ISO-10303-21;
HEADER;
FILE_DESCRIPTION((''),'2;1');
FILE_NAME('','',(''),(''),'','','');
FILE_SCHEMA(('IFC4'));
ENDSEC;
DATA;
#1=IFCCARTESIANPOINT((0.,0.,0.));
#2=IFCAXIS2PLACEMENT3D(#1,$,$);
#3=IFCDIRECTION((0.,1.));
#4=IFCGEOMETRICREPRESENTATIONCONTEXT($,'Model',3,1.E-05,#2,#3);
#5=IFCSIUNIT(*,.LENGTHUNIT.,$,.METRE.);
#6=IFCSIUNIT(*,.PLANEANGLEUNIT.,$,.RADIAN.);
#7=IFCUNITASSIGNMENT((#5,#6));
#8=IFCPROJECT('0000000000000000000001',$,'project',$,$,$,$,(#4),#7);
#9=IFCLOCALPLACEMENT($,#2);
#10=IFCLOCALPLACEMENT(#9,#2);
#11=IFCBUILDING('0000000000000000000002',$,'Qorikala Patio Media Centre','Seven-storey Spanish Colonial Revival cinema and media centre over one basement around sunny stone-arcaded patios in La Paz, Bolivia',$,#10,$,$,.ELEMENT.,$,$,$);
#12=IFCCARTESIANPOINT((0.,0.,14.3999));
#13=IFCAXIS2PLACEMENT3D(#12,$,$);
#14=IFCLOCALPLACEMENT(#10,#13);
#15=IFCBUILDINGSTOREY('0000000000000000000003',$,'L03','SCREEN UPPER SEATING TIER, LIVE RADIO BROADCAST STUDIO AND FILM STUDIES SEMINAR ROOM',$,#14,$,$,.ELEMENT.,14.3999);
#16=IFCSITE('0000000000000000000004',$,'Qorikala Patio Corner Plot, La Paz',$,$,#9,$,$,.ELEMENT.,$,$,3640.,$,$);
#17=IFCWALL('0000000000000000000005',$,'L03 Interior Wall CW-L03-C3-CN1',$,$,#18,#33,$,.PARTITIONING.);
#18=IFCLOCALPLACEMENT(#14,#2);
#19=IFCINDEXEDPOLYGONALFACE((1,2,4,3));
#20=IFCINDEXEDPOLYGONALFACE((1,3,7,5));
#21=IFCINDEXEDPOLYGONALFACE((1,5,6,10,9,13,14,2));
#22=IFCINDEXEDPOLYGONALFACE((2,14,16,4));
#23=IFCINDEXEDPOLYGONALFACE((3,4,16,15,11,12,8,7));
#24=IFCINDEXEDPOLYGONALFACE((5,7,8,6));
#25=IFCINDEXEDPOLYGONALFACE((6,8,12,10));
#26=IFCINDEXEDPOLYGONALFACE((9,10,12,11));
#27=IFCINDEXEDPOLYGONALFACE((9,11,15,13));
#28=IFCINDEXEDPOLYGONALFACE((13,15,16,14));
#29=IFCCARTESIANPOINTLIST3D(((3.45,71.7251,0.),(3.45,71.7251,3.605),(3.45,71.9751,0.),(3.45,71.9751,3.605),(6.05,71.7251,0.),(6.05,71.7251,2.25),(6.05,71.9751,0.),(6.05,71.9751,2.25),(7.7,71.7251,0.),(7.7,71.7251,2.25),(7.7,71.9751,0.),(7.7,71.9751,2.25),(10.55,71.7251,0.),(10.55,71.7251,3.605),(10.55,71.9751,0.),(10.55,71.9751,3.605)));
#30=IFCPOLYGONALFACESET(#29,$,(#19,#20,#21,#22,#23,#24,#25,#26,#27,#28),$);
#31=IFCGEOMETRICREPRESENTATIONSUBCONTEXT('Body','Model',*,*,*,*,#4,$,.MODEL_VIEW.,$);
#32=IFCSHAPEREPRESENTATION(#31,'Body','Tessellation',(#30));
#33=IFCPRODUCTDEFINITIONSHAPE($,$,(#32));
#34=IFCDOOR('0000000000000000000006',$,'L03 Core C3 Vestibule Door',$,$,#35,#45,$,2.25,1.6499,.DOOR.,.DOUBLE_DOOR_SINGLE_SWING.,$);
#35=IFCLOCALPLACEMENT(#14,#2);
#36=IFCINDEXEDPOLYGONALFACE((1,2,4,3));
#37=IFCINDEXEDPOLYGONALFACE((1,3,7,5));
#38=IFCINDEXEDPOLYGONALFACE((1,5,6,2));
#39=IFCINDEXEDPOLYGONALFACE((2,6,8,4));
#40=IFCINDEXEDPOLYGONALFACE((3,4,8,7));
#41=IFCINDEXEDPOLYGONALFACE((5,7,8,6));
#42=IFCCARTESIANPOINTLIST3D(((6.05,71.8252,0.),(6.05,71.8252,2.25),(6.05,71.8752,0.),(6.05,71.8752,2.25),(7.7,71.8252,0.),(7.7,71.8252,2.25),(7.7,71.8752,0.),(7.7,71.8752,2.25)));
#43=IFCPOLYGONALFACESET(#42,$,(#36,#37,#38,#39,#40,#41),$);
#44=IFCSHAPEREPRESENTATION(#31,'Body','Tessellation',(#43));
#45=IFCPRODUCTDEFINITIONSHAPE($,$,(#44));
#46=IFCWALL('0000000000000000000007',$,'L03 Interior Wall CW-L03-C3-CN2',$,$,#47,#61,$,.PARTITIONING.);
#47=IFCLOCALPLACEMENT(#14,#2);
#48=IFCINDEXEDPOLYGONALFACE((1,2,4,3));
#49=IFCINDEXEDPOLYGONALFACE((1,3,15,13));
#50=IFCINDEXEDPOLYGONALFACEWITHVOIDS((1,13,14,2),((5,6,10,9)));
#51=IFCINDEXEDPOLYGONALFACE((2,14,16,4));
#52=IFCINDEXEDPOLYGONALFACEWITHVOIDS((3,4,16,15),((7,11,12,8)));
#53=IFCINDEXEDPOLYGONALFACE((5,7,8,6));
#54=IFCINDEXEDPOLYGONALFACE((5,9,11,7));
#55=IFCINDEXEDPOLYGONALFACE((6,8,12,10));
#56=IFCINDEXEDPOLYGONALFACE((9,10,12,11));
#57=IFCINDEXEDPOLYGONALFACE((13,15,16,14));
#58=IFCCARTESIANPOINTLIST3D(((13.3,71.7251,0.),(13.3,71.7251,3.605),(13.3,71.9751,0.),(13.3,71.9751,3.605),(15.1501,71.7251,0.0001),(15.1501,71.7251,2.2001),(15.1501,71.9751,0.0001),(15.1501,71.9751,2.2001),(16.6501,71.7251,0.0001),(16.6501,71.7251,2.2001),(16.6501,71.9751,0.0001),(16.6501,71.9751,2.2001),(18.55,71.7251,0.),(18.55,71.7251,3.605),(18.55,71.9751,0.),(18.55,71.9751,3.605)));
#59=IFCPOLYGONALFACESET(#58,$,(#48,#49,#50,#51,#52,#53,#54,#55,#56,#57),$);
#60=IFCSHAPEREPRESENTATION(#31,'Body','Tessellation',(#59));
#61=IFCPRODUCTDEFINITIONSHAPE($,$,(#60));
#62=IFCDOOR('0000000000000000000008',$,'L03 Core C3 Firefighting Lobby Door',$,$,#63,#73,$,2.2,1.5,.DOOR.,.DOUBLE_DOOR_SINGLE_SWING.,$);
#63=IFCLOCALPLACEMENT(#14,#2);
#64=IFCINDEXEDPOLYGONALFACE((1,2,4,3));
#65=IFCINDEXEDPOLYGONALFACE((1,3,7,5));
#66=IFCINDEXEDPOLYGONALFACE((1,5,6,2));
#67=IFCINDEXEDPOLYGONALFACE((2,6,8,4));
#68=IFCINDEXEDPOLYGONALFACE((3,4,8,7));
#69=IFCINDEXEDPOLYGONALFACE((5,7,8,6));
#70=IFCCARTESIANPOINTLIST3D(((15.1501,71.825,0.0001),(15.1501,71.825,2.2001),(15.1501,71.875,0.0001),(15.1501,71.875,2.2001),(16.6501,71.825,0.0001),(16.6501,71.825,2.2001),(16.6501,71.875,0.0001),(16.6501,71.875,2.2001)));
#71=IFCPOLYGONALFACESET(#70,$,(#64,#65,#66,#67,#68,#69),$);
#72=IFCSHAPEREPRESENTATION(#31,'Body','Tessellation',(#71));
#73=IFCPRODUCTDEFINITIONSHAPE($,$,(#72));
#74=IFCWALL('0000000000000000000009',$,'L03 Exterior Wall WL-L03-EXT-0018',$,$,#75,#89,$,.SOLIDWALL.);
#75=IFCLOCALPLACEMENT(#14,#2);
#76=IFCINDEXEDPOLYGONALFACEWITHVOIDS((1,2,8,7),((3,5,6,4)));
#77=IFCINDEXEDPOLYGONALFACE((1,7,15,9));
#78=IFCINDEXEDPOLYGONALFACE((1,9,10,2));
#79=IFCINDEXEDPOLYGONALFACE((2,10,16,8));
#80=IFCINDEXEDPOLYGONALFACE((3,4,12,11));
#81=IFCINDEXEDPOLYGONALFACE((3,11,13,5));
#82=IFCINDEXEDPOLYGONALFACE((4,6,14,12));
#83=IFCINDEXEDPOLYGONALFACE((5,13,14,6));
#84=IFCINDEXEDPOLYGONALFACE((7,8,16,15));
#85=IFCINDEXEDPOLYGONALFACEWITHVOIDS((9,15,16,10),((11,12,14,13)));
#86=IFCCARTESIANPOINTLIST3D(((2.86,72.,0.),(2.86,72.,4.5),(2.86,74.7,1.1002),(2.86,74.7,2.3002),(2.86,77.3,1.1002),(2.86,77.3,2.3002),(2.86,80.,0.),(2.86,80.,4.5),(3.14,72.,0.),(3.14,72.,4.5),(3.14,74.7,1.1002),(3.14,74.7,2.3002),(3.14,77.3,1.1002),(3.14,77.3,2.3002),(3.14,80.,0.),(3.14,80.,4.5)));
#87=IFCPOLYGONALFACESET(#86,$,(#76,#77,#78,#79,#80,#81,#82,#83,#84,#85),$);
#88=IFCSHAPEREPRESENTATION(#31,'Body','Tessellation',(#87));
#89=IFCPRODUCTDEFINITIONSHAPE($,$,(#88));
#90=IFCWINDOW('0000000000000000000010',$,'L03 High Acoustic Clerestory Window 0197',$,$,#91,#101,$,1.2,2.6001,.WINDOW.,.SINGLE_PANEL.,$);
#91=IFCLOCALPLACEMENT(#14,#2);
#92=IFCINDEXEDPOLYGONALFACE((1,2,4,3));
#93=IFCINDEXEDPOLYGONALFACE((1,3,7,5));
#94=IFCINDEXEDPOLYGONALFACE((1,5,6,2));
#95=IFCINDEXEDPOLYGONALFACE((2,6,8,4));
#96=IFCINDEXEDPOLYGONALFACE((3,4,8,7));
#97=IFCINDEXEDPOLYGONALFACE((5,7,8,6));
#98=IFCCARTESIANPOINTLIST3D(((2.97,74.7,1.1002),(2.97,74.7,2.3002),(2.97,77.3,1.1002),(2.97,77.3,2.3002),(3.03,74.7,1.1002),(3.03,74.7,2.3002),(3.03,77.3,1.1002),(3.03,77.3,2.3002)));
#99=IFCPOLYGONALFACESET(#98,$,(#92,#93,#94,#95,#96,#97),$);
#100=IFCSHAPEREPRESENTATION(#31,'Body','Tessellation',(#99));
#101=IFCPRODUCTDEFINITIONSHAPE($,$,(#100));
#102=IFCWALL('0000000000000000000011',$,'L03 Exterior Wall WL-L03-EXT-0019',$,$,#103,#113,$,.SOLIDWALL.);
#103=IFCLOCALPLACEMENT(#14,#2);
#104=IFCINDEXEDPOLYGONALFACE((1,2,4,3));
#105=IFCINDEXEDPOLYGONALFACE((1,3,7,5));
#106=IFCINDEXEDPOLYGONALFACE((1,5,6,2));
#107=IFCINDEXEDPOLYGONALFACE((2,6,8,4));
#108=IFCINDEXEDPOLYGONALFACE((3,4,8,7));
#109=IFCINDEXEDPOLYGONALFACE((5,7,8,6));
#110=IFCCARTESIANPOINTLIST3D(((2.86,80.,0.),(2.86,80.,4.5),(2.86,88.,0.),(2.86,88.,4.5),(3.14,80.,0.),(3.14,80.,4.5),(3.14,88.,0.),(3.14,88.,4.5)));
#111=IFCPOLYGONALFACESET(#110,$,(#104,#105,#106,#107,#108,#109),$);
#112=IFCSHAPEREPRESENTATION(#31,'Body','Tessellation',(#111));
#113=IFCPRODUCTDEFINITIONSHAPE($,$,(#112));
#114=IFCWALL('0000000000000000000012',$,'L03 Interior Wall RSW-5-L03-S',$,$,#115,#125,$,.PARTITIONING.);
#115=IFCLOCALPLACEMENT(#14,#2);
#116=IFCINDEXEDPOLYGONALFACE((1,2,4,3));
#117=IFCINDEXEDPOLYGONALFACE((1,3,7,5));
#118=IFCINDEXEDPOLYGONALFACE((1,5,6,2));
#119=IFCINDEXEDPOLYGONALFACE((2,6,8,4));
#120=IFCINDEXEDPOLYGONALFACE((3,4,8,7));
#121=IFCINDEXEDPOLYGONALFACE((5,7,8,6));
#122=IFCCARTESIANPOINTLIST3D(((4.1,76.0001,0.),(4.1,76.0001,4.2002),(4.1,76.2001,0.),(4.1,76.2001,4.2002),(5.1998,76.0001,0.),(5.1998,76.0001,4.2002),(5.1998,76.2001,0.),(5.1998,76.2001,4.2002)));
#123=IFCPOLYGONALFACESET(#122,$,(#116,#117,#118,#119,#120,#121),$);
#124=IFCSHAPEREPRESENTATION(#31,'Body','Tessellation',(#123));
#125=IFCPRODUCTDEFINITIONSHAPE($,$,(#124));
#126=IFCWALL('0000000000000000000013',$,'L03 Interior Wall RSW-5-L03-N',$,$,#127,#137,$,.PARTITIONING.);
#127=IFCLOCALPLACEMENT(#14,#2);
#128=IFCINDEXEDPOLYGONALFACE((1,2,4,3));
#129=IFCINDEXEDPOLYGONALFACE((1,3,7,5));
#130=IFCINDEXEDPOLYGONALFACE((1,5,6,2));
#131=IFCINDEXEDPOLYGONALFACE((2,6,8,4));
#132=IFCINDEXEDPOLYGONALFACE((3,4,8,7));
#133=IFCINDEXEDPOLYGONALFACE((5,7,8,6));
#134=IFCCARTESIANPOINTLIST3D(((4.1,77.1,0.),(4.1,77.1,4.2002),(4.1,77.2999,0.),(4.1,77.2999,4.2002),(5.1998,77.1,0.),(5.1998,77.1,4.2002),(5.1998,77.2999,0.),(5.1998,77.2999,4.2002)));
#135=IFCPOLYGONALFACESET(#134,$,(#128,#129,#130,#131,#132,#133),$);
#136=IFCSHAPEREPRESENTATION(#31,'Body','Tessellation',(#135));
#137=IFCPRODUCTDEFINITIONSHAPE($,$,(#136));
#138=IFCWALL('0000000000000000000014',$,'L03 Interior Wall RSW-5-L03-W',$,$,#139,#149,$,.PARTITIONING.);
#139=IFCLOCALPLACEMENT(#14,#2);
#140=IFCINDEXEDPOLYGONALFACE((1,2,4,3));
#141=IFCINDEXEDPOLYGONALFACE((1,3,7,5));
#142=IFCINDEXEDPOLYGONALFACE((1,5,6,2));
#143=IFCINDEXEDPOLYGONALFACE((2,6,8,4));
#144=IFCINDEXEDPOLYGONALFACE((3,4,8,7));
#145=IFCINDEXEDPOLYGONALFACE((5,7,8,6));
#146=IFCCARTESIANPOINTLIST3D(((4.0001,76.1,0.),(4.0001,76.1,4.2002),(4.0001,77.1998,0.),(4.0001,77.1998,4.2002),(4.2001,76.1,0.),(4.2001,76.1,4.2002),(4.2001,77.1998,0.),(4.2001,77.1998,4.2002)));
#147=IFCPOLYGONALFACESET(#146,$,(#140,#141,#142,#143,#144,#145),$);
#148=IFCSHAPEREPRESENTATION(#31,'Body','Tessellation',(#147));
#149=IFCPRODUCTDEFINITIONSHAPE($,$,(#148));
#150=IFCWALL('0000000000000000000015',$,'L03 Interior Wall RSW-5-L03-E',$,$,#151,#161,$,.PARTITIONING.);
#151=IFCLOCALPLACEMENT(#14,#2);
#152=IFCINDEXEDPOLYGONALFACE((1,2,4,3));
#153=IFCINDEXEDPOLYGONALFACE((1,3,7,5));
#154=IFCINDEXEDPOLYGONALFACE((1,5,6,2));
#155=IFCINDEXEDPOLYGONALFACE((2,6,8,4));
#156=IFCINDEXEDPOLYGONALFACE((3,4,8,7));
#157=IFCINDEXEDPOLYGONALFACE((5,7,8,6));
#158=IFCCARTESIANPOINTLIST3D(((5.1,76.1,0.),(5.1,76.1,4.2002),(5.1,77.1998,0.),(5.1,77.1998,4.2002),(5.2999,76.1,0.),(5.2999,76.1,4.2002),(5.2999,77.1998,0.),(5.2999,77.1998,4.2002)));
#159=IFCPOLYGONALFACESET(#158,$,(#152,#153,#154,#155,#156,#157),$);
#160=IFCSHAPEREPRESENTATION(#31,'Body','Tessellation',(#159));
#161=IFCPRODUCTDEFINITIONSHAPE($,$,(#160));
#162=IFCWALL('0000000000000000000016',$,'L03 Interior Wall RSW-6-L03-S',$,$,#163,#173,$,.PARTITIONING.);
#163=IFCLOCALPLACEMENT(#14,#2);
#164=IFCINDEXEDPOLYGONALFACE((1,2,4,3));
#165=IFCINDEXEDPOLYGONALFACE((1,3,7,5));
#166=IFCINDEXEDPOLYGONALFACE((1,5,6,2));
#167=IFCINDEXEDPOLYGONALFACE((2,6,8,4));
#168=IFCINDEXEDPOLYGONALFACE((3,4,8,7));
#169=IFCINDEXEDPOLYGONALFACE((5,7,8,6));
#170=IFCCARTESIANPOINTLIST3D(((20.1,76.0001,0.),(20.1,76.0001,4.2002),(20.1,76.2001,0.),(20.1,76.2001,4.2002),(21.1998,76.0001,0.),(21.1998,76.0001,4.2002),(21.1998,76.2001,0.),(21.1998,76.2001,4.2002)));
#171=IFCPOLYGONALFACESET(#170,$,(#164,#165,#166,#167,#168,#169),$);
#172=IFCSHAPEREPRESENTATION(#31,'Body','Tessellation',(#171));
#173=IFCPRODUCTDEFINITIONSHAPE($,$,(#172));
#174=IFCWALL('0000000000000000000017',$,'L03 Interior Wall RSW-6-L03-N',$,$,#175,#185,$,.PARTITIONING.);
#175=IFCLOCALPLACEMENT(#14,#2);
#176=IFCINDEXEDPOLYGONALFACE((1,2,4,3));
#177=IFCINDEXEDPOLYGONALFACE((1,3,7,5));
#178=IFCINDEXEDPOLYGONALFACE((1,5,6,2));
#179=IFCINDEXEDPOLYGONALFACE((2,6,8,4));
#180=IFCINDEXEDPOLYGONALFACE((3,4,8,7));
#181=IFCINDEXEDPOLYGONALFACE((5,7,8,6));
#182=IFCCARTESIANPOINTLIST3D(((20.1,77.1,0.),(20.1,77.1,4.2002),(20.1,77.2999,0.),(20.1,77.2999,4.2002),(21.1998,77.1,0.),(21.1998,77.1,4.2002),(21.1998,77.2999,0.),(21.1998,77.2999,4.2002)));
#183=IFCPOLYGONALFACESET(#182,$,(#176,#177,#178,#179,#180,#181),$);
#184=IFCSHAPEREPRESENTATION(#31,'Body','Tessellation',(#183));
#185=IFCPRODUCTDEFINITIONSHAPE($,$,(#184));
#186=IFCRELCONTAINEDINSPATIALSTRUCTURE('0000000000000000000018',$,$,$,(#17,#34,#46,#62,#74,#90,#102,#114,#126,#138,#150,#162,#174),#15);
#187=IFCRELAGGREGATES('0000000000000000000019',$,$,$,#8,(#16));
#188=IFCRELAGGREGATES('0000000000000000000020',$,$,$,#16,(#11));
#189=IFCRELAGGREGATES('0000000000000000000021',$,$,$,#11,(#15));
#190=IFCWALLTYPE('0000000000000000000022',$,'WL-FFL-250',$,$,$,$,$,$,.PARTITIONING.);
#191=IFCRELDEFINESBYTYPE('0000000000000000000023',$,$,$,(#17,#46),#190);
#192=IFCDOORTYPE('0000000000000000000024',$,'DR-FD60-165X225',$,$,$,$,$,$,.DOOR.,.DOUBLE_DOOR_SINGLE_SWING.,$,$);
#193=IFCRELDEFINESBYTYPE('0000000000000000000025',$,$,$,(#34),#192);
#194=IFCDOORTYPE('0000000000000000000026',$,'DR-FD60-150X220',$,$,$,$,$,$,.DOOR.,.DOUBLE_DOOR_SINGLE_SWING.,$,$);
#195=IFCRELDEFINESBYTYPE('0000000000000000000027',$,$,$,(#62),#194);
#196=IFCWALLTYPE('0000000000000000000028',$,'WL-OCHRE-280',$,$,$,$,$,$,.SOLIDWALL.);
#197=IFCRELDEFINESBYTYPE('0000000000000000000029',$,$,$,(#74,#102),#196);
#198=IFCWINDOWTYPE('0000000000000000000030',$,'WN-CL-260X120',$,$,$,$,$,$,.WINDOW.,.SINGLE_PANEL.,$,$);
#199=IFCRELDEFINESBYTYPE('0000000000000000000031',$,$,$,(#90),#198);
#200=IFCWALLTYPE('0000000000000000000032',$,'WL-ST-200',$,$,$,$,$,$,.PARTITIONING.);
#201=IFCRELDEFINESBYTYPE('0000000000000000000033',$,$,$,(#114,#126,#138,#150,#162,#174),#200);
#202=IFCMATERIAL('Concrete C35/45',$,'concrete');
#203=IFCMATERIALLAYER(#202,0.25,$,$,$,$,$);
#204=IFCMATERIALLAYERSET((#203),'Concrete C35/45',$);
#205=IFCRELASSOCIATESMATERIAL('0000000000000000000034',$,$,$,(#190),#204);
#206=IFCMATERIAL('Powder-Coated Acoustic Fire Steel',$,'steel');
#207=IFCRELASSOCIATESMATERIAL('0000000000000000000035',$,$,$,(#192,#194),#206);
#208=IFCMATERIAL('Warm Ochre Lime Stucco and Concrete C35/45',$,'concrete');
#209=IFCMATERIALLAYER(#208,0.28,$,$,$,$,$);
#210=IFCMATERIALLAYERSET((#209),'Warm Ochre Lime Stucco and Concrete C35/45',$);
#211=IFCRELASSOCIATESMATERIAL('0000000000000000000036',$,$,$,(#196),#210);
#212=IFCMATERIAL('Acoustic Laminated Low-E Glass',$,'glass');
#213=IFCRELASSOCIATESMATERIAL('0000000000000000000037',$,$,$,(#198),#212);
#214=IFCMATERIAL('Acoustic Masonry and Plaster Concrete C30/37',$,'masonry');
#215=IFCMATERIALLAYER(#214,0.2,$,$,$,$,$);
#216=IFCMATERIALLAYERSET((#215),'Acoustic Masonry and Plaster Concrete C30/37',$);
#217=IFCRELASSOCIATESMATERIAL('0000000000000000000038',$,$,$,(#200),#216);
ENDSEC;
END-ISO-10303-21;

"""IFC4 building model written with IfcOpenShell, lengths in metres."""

from ifc_helpers import new_model, si_unit, direction, frame, frame_2d, origin, place, context, subcontext, project, spatial, rectangle, extrude, material, layer, layer_set, type_object, element, fill, save


model = new_model("IFC4")

# Units and contexts
model_context = context("Model", 3, precision=1e-05, world=origin(), true_north=direction((0.0, 1.0)))
body_context = subcontext(model_context, "Body", "Model", "MODEL_VIEW")
ifc_project = project(units=[si_unit("LENGTHUNIT", "METRE"), si_unit("PLANEANGLEUNIT", "RADIAN")], contexts=[model_context])

# Site, building, storey
site_placement = place(None, origin())
site = spatial("IfcSite", under=ifc_project, at=site_placement, Name="Qorikala Patio Corner Plot, La Paz", CompositionType="ELEMENT", RefElevation=3640.0)
building_placement = place(site_placement, origin())
building = spatial("IfcBuilding", under=site, at=building_placement, Name="Qorikala Patio Media Centre", Description="Seven-storey Spanish Colonial Revival cinema and media centre over one basement around sunny stone-arcaded patios in La Paz, Bolivia", CompositionType="ELEMENT")
storey_placement = place(building_placement, frame((0.0, 0.0, 14.3999)))
storey = spatial("IfcBuildingStorey", under=building, at=storey_placement, Name="L03", Description="SCREEN UPPER SEATING TIER, LIVE RADIO BROADCAST STUDIO AND FILM STUDIES SEMINAR ROOM", CompositionType="ELEMENT", Elevation=14.3999)

# Shared definitions
ifc_material_1 = material(Name="Concrete C35/45", Category="concrete")

# Walls, openings, doors
ifc_layer_1 = layer(ifc_material_1, 0.25)
ifc_layer_set_1 = layer_set([ifc_layer_1], Name="Concrete C35/45")
wall_type_1 = type_object("IfcWallType", Name="WL-FFL-250", PredefinedType="PARTITIONING", material=ifc_layer_set_1)
wall_1_placement = place(storey_placement, frame((3.45, 71.8501, 0.0), z_axis=(0.0, 0.0, 1.0), x_axis=(1.0, 0.0, 0.0)))
wall_1 = element("IfcWall", 1, at=wall_1_placement, inside=storey, type_object=wall_type_1, Name="L03 Interior Wall CW-L03-C3-CN1", PredefinedType="PARTITIONING", context=body_context, shape_type="SweptSolid", body=[
    extrude(rectangle(XDim=7.1001, YDim=0.25, at=frame_2d((3.55, 0.0))), origin(), (0.0, 0.0, 1.0), 3.605),
])
opening_1_placement = place(wall_1_placement, frame((2.6001, 0.0, 0.0)))
opening_1 = element("IfcOpeningElement", 2, at=opening_1_placement, cuts=wall_1, PredefinedType="OPENING", context=body_context, shape_type="SweptSolid", body=[
    extrude(rectangle(XDim=1.6499, YDim=2.25, at=frame_2d((0.825, 1.125))), frame((0.0, 0.135, 0.0), z_axis=(0.0, -1.0, 0.0), x_axis=(1.0, 0.0, 0.0)), (0.0, 0.0, 1.0), 0.27),
])
ifc_material_2 = material(Name="Powder-Coated Acoustic Fire Steel", Category="steel")
door_type_1 = type_object("IfcDoorType", Name="DR-FD60-165X225", OperationType="DOUBLE_DOOR_SINGLE_SWING", PredefinedType="DOOR", material=ifc_material_2)
door_1_placement = place(opening_1_placement, frame((1.6499, 0.0, 0.0), z_axis=(0.0, 0.0, 1.0), x_axis=(-1.0, 0.0, 0.0)))
door_1 = element("IfcDoor", 3, at=door_1_placement, inside=storey, type_object=door_type_1, Name="L03 Core C3 Vestibule Door", OperationType="DOUBLE_DOOR_SINGLE_SWING", OverallHeight=2.25, OverallWidth=1.6499, PredefinedType="DOOR", context=body_context, shape_type="SweptSolid", body=[
    extrude(rectangle(XDim=1.6499, YDim=2.25, at=frame_2d((0.825, 1.125))), frame((0.0, 0.0249, 0.0), z_axis=(0.0, -1.0, 0.0), x_axis=(1.0, 0.0, 0.0)), (0.0, 0.0, 1.0), 0.05),
])
fill(opening_1, door_1)
wall_2_placement = place(storey_placement, frame((13.3, 71.8501, 0.0), z_axis=(0.0, 0.0, 1.0), x_axis=(1.0, 0.0, 0.0)))
wall_2 = element("IfcWall", 4, at=wall_2_placement, inside=storey, type_object=wall_type_1, Name="L03 Interior Wall CW-L03-C3-CN2", PredefinedType="PARTITIONING", context=body_context, shape_type="SweptSolid", body=[
    extrude(rectangle(XDim=5.25, YDim=0.25, at=frame_2d((2.625, 0.0))), origin(), (0.0, 0.0, 1.0), 3.605),
])
opening_2_placement = place(wall_2_placement, frame((1.8501, 0.0, 0.0)))
opening_2 = element("IfcOpeningElement", 5, at=opening_2_placement, cuts=wall_2, PredefinedType="OPENING", context=body_context, shape_type="SweptSolid", body=[
    extrude(rectangle(XDim=1.5, YDim=2.2, at=frame_2d((0.75, 1.1001))), frame((0.0, 0.135, 0.0), z_axis=(0.0, -1.0, 0.0), x_axis=(1.0, 0.0, 0.0)), (0.0, 0.0, 1.0), 0.27),
])
door_type_2 = type_object("IfcDoorType", Name="DR-FD60-150X220", OperationType="DOUBLE_DOOR_SINGLE_SWING", PredefinedType="DOOR", material=ifc_material_2)
door_2_placement = place(opening_2_placement, origin())
door_2 = element("IfcDoor", 6, at=door_2_placement, inside=storey, type_object=door_type_2, Name="L03 Core C3 Firefighting Lobby Door", OperationType="DOUBLE_DOOR_SINGLE_SWING", OverallHeight=2.2, OverallWidth=1.5, PredefinedType="DOOR", context=body_context, shape_type="SweptSolid", body=[
    extrude(rectangle(XDim=1.5, YDim=2.2, at=frame_2d((0.75, 1.1001))), frame((0.0, 0.0249, 0.0), z_axis=(0.0, -1.0, 0.0), x_axis=(1.0, 0.0, 0.0)), (0.0, 0.0, 1.0), 0.05),
])
fill(opening_2, door_2)

# Wall, opening, window
ifc_material_3 = material(Name="Warm Ochre Lime Stucco and Concrete C35/45", Category="concrete")
ifc_layer_2 = layer(ifc_material_3, 0.28)
ifc_layer_set_2 = layer_set([ifc_layer_2], Name="Warm Ochre Lime Stucco and Concrete C35/45")
wall_type_2 = type_object("IfcWallType", Name="WL-OCHRE-280", PredefinedType="SOLIDWALL", material=ifc_layer_set_2)
wall_3_placement = place(storey_placement, frame((3.0, 72.0, 0.0), z_axis=(0.0, 0.0, 1.0), x_axis=(0.0, 1.0, 0.0)))
wall_3 = element("IfcWall", 7, at=wall_3_placement, inside=storey, type_object=wall_type_2, Name="L03 Exterior Wall WL-L03-EXT-0018", PredefinedType="SOLIDWALL", context=body_context, shape_type="SweptSolid", body=[
    extrude(rectangle(XDim=8.0, YDim=0.28, at=frame_2d((4.0, 0.0))), origin(), (0.0, 0.0, 1.0), 4.5),
])
opening_3_placement = place(wall_3_placement, frame((2.7, 0.0, 1.1001)))
opening_3 = element("IfcOpeningElement", 8, at=opening_3_placement, cuts=wall_3, PredefinedType="OPENING", context=body_context, shape_type="SweptSolid", body=[
    extrude(rectangle(XDim=2.6001, YDim=1.2, at=frame_2d((1.3, 0.6001))), frame((0.0, 0.1499, 0.0), z_axis=(0.0, -1.0, 0.0), x_axis=(1.0, 0.0, 0.0)), (0.0, 0.0, 1.0), 0.3),
])
ifc_material_4 = material(Name="Acoustic Laminated Low-E Glass", Category="glass")
window_type = type_object("IfcWindowType", Name="WN-CL-260X120", PartitioningType="SINGLE_PANEL", PredefinedType="WINDOW", material=ifc_material_4)
window_placement = place(opening_3_placement, origin())
window = element("IfcWindow", 9, at=window_placement, inside=storey, type_object=window_type, Name="L03 High Acoustic Clerestory Window 0197", OverallHeight=1.2, OverallWidth=2.6001, PartitioningType="SINGLE_PANEL", PredefinedType="WINDOW", context=body_context, shape_type="SweptSolid", body=[
    extrude(rectangle(XDim=2.6001, YDim=1.2, at=frame_2d((1.3, 0.6001))), frame((0.0, 0.03, 0.0), z_axis=(0.0, -1.0, 0.0), x_axis=(1.0, 0.0, 0.0)), (0.0, 0.0, 1.0), 0.0601),
])
fill(opening_3, window)

# Walls
wall_4_placement = place(storey_placement, frame((3.0, 80.0, 0.0), z_axis=(0.0, 0.0, 1.0), x_axis=(0.0, 1.0, 0.0)))
element("IfcWall", 10, at=wall_4_placement, inside=storey, type_object=wall_type_2, Name="L03 Exterior Wall WL-L03-EXT-0019", PredefinedType="SOLIDWALL", context=body_context, shape_type="SweptSolid", body=[
    extrude(rectangle(XDim=8.0, YDim=0.28, at=frame_2d((4.0, 0.0))), origin(), (0.0, 0.0, 1.0), 4.5),
])
ifc_material_5 = material(Name="Acoustic Masonry and Plaster Concrete C30/37", Category="masonry")
ifc_layer_3 = layer(ifc_material_5, 0.2)
ifc_layer_set_3 = layer_set([ifc_layer_3], Name="Acoustic Masonry and Plaster Concrete C30/37")
wall_type_3 = type_object("IfcWallType", Name="WL-ST-200", PredefinedType="PARTITIONING", material=ifc_layer_set_3)
for number, where, z_axis, x_axis, name in (
    (11, (4.1001, 76.1001, 0.0), (0.0, 0.0, 1.0), (1.0, 0.0, 0.0), "L03 Interior Wall RSW-5-L03-S"),
    (12, (4.1001, 77.2, 0.0), (0.0, 0.0, 1.0), (1.0, 0.0, 0.0), "L03 Interior Wall RSW-5-L03-N"),
    (13, (4.1001, 76.1001, 0.0), (0.0, 0.0, 1.0), (0.0, 1.0, 0.0), "L03 Interior Wall RSW-5-L03-W"),
    (14, (5.2, 76.1001, 0.0), (0.0, 0.0, 1.0), (0.0, 1.0, 0.0), "L03 Interior Wall RSW-5-L03-E"),
    (15, (20.1001, 76.1001, 0.0), (0.0, 0.0, 1.0), (1.0, 0.0, 0.0), "L03 Interior Wall RSW-6-L03-S"),
    (16, (20.1001, 77.2, 0.0), (0.0, 0.0, 1.0), (1.0, 0.0, 0.0), "L03 Interior Wall RSW-6-L03-N"),
):
    element("IfcWall", number, at=place(storey_placement, frame(where, z_axis=z_axis, x_axis=x_axis)), inside=storey, type_object=wall_type_3, Name=name, PredefinedType="PARTITIONING", context=body_context, shape_type="SweptSolid", body=[
        extrude(rectangle(XDim=1.0999, YDim=0.2, at=frame_2d((0.5498, 0.0))), origin(), (0.0, 0.0, 1.0), 4.2002),
    ])

save(model, "model.ifc")
